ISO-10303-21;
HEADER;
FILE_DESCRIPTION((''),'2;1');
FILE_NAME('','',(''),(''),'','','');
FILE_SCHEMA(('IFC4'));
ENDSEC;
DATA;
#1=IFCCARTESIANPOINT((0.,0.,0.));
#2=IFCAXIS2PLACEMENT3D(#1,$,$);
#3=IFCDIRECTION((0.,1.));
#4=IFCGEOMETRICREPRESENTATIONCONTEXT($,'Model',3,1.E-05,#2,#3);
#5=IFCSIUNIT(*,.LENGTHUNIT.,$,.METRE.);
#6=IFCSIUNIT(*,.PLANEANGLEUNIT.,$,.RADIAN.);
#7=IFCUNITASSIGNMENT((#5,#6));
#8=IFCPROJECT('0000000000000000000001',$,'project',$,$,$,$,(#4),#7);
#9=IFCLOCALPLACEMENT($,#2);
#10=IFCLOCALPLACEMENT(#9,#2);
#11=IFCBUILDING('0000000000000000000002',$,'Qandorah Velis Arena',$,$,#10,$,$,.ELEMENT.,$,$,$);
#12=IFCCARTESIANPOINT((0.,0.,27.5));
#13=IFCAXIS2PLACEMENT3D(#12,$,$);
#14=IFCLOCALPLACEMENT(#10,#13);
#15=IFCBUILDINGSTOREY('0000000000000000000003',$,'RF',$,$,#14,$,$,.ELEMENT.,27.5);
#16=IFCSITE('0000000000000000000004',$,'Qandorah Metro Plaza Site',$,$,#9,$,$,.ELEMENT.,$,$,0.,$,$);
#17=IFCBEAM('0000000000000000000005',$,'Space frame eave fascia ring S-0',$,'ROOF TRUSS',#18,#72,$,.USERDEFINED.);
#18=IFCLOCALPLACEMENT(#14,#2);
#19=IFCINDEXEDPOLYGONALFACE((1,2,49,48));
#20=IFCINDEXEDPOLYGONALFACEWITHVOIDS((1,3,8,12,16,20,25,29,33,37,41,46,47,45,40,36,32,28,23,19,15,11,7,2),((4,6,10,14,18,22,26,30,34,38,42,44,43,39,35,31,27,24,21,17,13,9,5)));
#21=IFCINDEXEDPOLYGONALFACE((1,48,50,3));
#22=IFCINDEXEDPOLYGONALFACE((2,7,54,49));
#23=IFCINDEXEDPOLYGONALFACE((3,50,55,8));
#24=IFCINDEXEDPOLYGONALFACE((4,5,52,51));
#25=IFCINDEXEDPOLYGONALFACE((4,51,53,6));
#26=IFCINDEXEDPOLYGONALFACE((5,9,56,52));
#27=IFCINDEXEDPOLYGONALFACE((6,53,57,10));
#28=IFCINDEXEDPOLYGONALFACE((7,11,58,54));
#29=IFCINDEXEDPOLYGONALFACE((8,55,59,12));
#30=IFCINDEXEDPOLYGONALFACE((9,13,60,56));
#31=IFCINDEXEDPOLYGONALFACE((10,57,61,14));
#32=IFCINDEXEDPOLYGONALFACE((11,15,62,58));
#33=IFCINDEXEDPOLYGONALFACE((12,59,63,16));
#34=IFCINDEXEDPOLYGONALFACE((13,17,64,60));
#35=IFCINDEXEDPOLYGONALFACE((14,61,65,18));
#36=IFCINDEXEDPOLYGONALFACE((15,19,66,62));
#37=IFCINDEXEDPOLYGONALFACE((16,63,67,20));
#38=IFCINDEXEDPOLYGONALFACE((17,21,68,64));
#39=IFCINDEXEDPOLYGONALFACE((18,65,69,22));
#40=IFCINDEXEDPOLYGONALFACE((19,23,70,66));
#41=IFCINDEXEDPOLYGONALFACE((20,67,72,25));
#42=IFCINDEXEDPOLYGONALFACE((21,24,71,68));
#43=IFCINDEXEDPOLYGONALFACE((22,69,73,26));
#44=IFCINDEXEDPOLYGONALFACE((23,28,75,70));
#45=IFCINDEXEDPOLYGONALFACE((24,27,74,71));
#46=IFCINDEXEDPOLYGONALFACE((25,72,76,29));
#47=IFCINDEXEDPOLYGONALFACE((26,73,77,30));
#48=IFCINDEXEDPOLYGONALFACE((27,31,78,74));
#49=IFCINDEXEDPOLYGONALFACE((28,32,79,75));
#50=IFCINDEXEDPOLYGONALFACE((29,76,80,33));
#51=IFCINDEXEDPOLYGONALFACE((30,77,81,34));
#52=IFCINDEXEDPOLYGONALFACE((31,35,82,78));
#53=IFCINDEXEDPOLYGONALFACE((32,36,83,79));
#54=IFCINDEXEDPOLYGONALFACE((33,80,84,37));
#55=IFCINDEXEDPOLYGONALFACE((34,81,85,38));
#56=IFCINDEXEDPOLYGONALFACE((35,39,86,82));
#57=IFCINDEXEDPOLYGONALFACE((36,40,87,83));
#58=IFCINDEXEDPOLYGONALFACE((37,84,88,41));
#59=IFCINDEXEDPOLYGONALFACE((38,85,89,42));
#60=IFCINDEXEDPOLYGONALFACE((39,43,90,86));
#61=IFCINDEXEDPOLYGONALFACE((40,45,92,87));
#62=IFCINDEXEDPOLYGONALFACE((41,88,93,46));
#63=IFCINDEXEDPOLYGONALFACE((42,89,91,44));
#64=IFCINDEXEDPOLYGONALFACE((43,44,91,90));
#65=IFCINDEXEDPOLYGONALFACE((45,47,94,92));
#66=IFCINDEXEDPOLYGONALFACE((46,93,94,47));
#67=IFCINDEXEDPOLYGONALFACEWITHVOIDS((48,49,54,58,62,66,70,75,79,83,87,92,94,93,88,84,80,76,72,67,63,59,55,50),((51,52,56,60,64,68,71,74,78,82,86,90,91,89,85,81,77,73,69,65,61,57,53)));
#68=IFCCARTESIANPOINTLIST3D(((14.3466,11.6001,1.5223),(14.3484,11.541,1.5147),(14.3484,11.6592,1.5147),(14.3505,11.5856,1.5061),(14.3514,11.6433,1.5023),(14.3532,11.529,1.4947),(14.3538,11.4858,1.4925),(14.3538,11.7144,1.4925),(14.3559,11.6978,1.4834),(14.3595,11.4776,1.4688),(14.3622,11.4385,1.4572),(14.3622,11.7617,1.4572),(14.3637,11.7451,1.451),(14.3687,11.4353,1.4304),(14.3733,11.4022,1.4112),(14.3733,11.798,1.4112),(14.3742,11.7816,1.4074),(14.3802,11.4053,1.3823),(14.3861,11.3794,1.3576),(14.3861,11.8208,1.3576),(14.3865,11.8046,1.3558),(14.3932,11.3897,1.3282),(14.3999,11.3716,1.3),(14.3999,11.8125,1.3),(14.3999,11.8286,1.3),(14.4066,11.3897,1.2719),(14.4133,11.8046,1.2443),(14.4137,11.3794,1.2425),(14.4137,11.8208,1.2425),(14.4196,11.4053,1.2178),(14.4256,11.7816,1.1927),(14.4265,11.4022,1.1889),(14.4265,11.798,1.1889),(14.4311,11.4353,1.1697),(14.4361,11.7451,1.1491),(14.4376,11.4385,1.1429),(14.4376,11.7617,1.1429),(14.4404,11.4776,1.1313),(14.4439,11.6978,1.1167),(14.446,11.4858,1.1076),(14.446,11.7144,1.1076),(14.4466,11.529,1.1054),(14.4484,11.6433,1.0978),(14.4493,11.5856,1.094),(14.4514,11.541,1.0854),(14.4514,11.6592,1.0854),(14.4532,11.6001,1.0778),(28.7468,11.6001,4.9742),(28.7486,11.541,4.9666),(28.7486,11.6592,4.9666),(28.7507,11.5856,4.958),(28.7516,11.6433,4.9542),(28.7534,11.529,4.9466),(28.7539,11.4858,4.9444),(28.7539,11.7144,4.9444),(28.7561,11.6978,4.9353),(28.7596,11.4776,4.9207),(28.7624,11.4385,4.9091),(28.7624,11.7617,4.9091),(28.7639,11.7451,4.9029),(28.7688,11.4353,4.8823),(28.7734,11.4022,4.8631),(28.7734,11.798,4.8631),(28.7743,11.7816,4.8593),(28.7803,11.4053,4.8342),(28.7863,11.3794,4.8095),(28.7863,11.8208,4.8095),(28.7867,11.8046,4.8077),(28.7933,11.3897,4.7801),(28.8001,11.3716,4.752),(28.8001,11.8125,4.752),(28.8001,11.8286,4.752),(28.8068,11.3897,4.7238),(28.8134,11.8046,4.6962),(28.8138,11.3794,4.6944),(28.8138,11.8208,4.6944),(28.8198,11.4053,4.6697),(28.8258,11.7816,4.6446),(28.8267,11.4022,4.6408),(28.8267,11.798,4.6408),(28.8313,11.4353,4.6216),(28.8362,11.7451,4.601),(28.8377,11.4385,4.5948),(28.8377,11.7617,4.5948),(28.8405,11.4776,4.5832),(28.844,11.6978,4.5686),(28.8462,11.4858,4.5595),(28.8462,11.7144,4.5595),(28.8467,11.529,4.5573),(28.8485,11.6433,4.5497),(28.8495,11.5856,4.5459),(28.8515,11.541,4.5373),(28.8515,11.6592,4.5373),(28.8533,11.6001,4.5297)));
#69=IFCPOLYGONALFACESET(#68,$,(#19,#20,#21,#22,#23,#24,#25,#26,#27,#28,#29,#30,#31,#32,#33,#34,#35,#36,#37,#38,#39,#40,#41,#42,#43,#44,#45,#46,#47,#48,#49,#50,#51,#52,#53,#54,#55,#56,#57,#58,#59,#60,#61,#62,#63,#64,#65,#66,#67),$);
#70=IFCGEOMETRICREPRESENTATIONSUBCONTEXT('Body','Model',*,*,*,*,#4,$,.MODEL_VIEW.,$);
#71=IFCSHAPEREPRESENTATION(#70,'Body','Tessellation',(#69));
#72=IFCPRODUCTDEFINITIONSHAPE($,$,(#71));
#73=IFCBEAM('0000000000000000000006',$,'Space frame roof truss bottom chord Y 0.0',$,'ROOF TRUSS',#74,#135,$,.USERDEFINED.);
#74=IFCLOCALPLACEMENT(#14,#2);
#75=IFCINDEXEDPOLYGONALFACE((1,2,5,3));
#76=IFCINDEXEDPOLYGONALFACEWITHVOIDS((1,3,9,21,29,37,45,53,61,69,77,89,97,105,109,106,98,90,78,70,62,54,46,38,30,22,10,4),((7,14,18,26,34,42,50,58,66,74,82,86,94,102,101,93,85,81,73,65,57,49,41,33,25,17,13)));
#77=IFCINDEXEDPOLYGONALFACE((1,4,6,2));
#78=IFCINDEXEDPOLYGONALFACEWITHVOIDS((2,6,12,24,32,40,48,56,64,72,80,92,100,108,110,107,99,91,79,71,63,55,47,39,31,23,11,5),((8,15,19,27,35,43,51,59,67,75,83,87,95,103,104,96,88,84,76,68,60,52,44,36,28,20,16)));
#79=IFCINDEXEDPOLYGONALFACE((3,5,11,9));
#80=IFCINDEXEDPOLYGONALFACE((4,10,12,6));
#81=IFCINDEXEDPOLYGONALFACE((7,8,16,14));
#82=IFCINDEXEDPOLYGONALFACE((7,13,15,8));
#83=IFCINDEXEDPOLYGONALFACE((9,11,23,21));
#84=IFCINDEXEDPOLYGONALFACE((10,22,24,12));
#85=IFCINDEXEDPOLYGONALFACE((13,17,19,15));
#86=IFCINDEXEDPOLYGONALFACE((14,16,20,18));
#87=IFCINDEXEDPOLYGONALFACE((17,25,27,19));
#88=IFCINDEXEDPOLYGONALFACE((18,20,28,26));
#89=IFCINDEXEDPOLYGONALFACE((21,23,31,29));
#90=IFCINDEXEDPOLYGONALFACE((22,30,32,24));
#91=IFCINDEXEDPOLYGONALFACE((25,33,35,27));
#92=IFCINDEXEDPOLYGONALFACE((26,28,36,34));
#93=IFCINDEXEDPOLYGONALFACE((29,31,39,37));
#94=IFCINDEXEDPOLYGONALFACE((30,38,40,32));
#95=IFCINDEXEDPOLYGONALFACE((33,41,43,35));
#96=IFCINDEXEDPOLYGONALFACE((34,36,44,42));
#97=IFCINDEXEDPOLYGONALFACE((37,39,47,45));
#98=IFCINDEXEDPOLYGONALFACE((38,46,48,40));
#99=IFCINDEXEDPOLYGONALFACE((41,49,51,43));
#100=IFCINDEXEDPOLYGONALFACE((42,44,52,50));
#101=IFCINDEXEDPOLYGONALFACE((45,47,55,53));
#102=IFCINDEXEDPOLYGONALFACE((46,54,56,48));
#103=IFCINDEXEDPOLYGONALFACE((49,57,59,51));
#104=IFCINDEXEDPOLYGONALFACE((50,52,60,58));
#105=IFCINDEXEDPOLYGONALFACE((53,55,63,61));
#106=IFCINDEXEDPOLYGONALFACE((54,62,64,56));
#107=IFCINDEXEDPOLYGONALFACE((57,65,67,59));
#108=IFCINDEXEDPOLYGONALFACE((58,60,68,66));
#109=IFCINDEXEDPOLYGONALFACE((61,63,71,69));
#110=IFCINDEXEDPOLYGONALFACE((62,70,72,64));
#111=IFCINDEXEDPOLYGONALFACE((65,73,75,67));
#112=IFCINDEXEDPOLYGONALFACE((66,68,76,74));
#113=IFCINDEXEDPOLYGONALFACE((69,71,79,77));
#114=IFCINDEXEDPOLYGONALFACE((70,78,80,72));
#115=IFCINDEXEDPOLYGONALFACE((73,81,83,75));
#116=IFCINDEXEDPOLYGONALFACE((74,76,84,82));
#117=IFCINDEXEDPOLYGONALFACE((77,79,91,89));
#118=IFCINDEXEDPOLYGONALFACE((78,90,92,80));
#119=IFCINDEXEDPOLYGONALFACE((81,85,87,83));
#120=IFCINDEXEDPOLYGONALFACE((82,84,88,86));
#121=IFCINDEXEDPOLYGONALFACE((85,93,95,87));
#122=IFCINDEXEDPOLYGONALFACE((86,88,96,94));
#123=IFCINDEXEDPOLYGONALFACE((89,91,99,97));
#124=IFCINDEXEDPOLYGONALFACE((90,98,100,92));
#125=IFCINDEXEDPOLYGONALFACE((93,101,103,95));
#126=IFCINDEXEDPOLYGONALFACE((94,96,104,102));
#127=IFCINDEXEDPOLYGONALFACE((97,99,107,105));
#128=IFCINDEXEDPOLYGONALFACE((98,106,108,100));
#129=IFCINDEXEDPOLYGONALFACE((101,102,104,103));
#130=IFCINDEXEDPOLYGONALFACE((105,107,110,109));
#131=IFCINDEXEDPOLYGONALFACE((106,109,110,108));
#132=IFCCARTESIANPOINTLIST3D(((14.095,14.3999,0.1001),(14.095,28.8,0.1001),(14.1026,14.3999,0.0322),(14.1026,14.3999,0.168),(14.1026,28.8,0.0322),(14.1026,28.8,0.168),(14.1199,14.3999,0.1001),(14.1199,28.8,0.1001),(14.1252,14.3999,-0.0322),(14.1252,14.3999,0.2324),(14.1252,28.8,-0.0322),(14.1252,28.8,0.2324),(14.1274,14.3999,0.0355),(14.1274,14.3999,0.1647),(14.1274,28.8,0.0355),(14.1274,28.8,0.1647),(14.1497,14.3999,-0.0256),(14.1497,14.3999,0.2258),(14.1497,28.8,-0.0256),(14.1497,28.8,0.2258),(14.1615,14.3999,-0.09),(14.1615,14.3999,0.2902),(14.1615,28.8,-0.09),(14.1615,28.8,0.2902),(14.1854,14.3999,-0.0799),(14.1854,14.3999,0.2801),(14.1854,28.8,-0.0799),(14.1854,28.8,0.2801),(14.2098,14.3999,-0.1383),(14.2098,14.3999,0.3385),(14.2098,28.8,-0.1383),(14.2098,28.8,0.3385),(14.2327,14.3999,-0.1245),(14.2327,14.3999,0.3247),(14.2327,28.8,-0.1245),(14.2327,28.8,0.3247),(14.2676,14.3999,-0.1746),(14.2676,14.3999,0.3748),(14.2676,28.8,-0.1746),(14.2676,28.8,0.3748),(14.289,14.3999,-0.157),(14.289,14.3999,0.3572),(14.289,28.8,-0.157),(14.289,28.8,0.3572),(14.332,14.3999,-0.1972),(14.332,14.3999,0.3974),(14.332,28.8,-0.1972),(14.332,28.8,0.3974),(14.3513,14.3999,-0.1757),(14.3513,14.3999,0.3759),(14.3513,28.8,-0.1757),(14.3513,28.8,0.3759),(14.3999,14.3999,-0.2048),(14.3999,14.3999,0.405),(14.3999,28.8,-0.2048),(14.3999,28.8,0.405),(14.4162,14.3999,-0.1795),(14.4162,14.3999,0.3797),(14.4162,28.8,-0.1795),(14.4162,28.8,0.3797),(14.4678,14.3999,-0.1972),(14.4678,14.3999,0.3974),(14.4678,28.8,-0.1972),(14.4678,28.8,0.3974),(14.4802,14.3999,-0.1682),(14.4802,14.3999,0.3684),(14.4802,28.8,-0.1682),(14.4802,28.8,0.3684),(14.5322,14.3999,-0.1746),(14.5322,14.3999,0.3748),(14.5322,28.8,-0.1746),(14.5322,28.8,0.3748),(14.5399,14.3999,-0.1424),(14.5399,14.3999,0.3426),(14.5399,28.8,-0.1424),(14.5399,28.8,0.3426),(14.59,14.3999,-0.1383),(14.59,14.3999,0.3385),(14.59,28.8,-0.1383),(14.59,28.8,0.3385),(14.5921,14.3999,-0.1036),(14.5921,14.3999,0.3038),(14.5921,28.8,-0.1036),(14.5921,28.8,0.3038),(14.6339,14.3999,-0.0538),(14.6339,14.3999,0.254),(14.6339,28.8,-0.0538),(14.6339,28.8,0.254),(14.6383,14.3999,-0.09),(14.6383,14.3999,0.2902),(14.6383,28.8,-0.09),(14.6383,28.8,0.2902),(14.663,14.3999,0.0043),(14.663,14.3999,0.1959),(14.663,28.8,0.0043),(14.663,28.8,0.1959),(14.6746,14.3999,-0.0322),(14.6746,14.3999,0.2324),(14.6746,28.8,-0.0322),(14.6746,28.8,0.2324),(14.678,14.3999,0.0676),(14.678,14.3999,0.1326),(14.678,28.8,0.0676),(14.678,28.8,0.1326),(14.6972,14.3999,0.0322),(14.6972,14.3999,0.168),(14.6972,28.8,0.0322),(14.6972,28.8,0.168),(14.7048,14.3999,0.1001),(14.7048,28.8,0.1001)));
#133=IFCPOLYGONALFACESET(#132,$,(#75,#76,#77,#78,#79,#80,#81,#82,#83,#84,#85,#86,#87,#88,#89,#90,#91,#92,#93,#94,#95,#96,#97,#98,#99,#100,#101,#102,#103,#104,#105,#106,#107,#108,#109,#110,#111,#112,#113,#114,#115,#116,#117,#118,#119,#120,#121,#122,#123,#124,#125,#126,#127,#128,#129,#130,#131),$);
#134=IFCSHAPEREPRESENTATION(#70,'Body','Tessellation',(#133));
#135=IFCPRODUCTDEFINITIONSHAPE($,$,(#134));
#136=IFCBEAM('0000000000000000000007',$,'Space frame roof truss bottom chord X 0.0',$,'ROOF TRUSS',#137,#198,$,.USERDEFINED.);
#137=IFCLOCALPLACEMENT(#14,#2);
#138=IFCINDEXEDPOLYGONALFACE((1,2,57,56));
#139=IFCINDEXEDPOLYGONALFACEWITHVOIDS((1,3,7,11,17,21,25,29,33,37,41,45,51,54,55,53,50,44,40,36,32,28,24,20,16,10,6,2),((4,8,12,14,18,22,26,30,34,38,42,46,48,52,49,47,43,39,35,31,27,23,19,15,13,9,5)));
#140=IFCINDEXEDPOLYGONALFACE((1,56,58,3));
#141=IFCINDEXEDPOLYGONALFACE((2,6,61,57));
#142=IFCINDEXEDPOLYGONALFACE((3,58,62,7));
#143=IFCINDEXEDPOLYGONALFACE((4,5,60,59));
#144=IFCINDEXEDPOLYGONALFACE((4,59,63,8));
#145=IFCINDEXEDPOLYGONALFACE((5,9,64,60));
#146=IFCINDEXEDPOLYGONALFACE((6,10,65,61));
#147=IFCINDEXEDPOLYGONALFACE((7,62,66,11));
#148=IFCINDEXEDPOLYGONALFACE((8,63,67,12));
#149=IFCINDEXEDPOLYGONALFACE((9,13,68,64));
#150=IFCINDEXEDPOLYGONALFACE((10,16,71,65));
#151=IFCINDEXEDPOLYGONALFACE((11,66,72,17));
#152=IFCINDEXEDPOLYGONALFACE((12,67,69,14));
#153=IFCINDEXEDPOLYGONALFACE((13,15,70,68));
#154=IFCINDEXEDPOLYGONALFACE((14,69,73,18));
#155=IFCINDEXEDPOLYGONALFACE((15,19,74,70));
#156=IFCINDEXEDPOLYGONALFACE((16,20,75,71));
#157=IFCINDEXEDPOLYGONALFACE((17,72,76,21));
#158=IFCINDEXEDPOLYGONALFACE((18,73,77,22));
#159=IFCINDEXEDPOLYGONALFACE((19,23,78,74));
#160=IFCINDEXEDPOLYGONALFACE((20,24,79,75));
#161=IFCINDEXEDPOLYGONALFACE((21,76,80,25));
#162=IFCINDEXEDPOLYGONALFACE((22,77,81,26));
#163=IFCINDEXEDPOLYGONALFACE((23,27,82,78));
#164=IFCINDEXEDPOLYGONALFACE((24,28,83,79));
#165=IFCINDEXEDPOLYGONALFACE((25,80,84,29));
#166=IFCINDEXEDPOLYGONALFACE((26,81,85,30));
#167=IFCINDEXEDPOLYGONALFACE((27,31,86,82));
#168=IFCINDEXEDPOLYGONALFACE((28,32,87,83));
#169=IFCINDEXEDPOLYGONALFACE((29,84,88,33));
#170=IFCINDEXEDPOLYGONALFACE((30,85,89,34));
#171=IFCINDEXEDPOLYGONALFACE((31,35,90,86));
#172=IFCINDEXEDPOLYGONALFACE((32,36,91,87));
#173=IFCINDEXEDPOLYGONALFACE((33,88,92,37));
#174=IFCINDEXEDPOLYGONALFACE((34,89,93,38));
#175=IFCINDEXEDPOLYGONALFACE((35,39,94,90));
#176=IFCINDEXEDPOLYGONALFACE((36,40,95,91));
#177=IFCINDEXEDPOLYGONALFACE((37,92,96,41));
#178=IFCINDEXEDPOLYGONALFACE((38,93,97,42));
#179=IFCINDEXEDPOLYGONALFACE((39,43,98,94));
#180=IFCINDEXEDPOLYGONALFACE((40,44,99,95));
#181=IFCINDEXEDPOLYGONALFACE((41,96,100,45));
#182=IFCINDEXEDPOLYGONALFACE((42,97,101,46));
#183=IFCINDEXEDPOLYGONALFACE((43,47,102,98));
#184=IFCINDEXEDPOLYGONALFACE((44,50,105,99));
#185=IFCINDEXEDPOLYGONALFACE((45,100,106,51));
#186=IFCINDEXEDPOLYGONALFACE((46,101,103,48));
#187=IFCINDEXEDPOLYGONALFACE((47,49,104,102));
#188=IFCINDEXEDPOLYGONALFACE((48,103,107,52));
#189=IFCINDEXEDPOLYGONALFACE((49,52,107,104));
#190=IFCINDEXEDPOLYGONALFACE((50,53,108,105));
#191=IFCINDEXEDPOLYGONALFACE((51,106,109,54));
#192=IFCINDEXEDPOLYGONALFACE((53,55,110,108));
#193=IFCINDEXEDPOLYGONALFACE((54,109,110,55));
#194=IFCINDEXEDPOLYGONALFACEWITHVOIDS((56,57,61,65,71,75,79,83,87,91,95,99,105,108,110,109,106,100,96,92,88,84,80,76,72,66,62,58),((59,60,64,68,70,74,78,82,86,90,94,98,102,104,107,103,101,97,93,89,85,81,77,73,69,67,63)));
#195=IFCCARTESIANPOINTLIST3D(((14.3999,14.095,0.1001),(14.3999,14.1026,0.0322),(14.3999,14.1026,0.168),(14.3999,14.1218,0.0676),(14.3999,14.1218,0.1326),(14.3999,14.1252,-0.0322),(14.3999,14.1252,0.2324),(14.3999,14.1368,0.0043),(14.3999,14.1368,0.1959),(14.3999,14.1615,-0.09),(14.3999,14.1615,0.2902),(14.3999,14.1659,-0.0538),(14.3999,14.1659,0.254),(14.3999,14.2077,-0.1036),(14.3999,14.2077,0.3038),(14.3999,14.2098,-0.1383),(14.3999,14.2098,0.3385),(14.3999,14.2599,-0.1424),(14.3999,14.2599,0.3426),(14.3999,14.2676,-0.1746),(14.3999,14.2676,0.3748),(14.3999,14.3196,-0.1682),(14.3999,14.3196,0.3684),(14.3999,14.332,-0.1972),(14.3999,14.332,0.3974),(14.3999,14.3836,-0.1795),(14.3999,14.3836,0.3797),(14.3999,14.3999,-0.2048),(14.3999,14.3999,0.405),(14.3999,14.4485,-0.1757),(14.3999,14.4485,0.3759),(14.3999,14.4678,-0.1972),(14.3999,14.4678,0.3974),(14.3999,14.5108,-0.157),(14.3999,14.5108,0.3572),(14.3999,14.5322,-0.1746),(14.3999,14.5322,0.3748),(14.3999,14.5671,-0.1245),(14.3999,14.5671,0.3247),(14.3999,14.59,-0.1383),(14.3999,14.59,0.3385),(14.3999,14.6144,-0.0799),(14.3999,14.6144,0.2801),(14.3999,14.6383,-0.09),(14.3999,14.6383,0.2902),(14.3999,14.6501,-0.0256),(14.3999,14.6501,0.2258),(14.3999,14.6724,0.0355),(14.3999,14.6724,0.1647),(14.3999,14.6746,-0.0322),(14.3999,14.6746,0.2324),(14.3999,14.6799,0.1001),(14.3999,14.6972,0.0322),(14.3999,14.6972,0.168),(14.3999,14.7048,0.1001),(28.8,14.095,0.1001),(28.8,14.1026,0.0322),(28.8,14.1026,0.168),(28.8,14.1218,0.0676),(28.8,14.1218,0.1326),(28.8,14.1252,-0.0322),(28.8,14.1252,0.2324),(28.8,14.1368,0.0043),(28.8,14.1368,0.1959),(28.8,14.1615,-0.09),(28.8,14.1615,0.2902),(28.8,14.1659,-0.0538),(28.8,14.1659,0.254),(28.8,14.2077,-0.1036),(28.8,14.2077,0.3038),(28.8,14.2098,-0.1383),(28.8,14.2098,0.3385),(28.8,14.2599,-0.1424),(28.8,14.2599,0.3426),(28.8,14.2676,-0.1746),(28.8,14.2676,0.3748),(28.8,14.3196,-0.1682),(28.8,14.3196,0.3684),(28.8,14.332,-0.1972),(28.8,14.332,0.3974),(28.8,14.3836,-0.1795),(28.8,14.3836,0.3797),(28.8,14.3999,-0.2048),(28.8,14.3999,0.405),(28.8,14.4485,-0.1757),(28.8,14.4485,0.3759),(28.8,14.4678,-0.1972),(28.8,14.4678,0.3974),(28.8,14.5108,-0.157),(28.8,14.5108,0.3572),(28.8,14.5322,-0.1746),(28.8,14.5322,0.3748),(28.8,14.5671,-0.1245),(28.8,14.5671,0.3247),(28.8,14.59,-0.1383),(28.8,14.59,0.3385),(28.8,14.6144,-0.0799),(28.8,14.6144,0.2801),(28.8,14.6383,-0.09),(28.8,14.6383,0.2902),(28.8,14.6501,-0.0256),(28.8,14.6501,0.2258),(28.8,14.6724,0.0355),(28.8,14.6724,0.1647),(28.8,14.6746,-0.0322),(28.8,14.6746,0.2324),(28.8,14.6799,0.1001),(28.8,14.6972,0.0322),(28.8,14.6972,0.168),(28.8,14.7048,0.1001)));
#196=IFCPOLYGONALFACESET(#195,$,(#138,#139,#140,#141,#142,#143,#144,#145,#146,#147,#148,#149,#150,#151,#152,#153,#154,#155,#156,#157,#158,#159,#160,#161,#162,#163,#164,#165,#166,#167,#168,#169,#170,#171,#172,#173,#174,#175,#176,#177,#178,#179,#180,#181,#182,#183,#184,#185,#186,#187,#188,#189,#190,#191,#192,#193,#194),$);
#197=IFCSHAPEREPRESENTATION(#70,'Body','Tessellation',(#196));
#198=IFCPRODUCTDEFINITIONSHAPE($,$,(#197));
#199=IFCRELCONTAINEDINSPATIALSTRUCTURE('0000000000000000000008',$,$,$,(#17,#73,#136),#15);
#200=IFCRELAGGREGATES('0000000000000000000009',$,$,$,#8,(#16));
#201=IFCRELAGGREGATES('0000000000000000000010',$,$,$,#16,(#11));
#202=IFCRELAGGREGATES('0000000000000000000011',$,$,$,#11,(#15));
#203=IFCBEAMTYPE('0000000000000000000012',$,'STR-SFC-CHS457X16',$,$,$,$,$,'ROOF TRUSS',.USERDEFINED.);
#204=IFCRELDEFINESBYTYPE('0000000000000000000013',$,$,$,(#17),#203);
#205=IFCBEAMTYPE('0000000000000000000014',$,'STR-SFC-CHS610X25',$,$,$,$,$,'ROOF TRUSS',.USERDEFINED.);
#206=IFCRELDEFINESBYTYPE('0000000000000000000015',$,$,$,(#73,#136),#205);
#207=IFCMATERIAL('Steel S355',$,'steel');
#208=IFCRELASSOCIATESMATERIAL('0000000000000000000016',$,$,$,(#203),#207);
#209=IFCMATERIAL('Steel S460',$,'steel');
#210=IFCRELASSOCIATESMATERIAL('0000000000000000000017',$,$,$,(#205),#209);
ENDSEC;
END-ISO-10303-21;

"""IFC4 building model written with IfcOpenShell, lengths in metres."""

from ifc_helpers import new_model, si_unit, direction, frame, origin, origin_2d, place, context, subcontext, project, spatial, hollow_circle, extrude, material, material_profile, profile_set, type_object, element, save


model = new_model("IFC4")

# Units and contexts
model_context = context("Model", 3, precision=1e-05, world=origin(), true_north=direction((0.0, 1.0)))
body_context = subcontext(model_context, "Body", "Model", "MODEL_VIEW")
ifc_project = project(units=[si_unit("LENGTHUNIT", "METRE"), si_unit("PLANEANGLEUNIT", "RADIAN")], contexts=[model_context])

# Site, building, storey
site_placement = place(None, origin())
site = spatial("IfcSite", under=ifc_project, at=site_placement, Name="Qandorah Metro Plaza Site", CompositionType="ELEMENT", RefElevation=0.0)
building_placement = place(site_placement, origin())
building = spatial("IfcBuilding", under=site, at=building_placement, Name="Qandorah Velis Arena", CompositionType="ELEMENT")
storey_placement = place(building_placement, frame((0.0, 0.0, 27.5)))
storey = spatial("IfcBuildingStorey", under=building, at=storey_placement, Name="RF", CompositionType="ELEMENT", Elevation=27.5)

# Beams
ifc_material_1 = material(Name="Steel S355", Category="steel")
ifc_material_profile_1 = material_profile(ifc_material_1, hollow_circle(Radius=0.2285, WallThickness=0.0161, at=origin_2d()), Name="CHS 457x16")
ifc_profile_set_1 = profile_set([ifc_material_profile_1], Name="Steel S355")
beam_type_1 = type_object("IfcBeamType", Name="STR-SFC-CHS457X16", ElementType="ROOF TRUSS", PredefinedType="USERDEFINED", material=ifc_profile_set_1)
beam_1_placement = place(storey_placement, frame((14.3999, 11.6001, 1.3), z_axis=(0.972451, 0.0, 0.233109), x_axis=(0.0, 1.0, 0.0)))
element("IfcBeam", 1, at=beam_1_placement, inside=storey, type_object=beam_type_1, Name="Space frame eave fascia ring S-0", ObjectType="ROOF TRUSS", PredefinedType="USERDEFINED", context=body_context, shape_type="SweptSolid", body=[
    extrude(hollow_circle(Radius=0.2285, WallThickness=0.0161, at=origin_2d()), origin(), (0.0, 0.0, 1.0), 14.8081),
])
ifc_material_2 = material(Name="Steel S460", Category="steel")
ifc_material_profile_2 = material_profile(ifc_material_2, hollow_circle(Radius=0.3049, WallThickness=0.0249, at=origin_2d()), Name="CHS 610x25")
ifc_profile_set_2 = profile_set([ifc_material_profile_2], Name="Steel S460")
beam_type_2 = type_object("IfcBeamType", Name="STR-SFC-CHS610X25", ElementType="ROOF TRUSS", PredefinedType="USERDEFINED", material=ifc_profile_set_2)
for number, where, z_axis, x_axis, name in (
    (2, (14.3999, 14.3999, 0.1001), (0.0, 1.0, 0.0), (-1.0, 0.0, 0.0), "Space frame roof truss bottom chord Y 0.0"),
    (3, (14.3999, 14.3999, 0.1001), (1.0, 0.0, 0.0), (0.0, 1.0, 0.0), "Space frame roof truss bottom chord X 0.0"),
):
    element("IfcBeam", number, at=place(storey_placement, frame(where, z_axis=z_axis, x_axis=x_axis)), inside=storey, type_object=beam_type_2, Name=name, ObjectType="ROOF TRUSS", PredefinedType="USERDEFINED", context=body_context, shape_type="SweptSolid", body=[
        extrude(hollow_circle(Radius=0.3049, WallThickness=0.0249, at=origin_2d()), origin(), (0.0, 0.0, 1.0), 14.4001),
    ])

save(model, "model.ifc")
